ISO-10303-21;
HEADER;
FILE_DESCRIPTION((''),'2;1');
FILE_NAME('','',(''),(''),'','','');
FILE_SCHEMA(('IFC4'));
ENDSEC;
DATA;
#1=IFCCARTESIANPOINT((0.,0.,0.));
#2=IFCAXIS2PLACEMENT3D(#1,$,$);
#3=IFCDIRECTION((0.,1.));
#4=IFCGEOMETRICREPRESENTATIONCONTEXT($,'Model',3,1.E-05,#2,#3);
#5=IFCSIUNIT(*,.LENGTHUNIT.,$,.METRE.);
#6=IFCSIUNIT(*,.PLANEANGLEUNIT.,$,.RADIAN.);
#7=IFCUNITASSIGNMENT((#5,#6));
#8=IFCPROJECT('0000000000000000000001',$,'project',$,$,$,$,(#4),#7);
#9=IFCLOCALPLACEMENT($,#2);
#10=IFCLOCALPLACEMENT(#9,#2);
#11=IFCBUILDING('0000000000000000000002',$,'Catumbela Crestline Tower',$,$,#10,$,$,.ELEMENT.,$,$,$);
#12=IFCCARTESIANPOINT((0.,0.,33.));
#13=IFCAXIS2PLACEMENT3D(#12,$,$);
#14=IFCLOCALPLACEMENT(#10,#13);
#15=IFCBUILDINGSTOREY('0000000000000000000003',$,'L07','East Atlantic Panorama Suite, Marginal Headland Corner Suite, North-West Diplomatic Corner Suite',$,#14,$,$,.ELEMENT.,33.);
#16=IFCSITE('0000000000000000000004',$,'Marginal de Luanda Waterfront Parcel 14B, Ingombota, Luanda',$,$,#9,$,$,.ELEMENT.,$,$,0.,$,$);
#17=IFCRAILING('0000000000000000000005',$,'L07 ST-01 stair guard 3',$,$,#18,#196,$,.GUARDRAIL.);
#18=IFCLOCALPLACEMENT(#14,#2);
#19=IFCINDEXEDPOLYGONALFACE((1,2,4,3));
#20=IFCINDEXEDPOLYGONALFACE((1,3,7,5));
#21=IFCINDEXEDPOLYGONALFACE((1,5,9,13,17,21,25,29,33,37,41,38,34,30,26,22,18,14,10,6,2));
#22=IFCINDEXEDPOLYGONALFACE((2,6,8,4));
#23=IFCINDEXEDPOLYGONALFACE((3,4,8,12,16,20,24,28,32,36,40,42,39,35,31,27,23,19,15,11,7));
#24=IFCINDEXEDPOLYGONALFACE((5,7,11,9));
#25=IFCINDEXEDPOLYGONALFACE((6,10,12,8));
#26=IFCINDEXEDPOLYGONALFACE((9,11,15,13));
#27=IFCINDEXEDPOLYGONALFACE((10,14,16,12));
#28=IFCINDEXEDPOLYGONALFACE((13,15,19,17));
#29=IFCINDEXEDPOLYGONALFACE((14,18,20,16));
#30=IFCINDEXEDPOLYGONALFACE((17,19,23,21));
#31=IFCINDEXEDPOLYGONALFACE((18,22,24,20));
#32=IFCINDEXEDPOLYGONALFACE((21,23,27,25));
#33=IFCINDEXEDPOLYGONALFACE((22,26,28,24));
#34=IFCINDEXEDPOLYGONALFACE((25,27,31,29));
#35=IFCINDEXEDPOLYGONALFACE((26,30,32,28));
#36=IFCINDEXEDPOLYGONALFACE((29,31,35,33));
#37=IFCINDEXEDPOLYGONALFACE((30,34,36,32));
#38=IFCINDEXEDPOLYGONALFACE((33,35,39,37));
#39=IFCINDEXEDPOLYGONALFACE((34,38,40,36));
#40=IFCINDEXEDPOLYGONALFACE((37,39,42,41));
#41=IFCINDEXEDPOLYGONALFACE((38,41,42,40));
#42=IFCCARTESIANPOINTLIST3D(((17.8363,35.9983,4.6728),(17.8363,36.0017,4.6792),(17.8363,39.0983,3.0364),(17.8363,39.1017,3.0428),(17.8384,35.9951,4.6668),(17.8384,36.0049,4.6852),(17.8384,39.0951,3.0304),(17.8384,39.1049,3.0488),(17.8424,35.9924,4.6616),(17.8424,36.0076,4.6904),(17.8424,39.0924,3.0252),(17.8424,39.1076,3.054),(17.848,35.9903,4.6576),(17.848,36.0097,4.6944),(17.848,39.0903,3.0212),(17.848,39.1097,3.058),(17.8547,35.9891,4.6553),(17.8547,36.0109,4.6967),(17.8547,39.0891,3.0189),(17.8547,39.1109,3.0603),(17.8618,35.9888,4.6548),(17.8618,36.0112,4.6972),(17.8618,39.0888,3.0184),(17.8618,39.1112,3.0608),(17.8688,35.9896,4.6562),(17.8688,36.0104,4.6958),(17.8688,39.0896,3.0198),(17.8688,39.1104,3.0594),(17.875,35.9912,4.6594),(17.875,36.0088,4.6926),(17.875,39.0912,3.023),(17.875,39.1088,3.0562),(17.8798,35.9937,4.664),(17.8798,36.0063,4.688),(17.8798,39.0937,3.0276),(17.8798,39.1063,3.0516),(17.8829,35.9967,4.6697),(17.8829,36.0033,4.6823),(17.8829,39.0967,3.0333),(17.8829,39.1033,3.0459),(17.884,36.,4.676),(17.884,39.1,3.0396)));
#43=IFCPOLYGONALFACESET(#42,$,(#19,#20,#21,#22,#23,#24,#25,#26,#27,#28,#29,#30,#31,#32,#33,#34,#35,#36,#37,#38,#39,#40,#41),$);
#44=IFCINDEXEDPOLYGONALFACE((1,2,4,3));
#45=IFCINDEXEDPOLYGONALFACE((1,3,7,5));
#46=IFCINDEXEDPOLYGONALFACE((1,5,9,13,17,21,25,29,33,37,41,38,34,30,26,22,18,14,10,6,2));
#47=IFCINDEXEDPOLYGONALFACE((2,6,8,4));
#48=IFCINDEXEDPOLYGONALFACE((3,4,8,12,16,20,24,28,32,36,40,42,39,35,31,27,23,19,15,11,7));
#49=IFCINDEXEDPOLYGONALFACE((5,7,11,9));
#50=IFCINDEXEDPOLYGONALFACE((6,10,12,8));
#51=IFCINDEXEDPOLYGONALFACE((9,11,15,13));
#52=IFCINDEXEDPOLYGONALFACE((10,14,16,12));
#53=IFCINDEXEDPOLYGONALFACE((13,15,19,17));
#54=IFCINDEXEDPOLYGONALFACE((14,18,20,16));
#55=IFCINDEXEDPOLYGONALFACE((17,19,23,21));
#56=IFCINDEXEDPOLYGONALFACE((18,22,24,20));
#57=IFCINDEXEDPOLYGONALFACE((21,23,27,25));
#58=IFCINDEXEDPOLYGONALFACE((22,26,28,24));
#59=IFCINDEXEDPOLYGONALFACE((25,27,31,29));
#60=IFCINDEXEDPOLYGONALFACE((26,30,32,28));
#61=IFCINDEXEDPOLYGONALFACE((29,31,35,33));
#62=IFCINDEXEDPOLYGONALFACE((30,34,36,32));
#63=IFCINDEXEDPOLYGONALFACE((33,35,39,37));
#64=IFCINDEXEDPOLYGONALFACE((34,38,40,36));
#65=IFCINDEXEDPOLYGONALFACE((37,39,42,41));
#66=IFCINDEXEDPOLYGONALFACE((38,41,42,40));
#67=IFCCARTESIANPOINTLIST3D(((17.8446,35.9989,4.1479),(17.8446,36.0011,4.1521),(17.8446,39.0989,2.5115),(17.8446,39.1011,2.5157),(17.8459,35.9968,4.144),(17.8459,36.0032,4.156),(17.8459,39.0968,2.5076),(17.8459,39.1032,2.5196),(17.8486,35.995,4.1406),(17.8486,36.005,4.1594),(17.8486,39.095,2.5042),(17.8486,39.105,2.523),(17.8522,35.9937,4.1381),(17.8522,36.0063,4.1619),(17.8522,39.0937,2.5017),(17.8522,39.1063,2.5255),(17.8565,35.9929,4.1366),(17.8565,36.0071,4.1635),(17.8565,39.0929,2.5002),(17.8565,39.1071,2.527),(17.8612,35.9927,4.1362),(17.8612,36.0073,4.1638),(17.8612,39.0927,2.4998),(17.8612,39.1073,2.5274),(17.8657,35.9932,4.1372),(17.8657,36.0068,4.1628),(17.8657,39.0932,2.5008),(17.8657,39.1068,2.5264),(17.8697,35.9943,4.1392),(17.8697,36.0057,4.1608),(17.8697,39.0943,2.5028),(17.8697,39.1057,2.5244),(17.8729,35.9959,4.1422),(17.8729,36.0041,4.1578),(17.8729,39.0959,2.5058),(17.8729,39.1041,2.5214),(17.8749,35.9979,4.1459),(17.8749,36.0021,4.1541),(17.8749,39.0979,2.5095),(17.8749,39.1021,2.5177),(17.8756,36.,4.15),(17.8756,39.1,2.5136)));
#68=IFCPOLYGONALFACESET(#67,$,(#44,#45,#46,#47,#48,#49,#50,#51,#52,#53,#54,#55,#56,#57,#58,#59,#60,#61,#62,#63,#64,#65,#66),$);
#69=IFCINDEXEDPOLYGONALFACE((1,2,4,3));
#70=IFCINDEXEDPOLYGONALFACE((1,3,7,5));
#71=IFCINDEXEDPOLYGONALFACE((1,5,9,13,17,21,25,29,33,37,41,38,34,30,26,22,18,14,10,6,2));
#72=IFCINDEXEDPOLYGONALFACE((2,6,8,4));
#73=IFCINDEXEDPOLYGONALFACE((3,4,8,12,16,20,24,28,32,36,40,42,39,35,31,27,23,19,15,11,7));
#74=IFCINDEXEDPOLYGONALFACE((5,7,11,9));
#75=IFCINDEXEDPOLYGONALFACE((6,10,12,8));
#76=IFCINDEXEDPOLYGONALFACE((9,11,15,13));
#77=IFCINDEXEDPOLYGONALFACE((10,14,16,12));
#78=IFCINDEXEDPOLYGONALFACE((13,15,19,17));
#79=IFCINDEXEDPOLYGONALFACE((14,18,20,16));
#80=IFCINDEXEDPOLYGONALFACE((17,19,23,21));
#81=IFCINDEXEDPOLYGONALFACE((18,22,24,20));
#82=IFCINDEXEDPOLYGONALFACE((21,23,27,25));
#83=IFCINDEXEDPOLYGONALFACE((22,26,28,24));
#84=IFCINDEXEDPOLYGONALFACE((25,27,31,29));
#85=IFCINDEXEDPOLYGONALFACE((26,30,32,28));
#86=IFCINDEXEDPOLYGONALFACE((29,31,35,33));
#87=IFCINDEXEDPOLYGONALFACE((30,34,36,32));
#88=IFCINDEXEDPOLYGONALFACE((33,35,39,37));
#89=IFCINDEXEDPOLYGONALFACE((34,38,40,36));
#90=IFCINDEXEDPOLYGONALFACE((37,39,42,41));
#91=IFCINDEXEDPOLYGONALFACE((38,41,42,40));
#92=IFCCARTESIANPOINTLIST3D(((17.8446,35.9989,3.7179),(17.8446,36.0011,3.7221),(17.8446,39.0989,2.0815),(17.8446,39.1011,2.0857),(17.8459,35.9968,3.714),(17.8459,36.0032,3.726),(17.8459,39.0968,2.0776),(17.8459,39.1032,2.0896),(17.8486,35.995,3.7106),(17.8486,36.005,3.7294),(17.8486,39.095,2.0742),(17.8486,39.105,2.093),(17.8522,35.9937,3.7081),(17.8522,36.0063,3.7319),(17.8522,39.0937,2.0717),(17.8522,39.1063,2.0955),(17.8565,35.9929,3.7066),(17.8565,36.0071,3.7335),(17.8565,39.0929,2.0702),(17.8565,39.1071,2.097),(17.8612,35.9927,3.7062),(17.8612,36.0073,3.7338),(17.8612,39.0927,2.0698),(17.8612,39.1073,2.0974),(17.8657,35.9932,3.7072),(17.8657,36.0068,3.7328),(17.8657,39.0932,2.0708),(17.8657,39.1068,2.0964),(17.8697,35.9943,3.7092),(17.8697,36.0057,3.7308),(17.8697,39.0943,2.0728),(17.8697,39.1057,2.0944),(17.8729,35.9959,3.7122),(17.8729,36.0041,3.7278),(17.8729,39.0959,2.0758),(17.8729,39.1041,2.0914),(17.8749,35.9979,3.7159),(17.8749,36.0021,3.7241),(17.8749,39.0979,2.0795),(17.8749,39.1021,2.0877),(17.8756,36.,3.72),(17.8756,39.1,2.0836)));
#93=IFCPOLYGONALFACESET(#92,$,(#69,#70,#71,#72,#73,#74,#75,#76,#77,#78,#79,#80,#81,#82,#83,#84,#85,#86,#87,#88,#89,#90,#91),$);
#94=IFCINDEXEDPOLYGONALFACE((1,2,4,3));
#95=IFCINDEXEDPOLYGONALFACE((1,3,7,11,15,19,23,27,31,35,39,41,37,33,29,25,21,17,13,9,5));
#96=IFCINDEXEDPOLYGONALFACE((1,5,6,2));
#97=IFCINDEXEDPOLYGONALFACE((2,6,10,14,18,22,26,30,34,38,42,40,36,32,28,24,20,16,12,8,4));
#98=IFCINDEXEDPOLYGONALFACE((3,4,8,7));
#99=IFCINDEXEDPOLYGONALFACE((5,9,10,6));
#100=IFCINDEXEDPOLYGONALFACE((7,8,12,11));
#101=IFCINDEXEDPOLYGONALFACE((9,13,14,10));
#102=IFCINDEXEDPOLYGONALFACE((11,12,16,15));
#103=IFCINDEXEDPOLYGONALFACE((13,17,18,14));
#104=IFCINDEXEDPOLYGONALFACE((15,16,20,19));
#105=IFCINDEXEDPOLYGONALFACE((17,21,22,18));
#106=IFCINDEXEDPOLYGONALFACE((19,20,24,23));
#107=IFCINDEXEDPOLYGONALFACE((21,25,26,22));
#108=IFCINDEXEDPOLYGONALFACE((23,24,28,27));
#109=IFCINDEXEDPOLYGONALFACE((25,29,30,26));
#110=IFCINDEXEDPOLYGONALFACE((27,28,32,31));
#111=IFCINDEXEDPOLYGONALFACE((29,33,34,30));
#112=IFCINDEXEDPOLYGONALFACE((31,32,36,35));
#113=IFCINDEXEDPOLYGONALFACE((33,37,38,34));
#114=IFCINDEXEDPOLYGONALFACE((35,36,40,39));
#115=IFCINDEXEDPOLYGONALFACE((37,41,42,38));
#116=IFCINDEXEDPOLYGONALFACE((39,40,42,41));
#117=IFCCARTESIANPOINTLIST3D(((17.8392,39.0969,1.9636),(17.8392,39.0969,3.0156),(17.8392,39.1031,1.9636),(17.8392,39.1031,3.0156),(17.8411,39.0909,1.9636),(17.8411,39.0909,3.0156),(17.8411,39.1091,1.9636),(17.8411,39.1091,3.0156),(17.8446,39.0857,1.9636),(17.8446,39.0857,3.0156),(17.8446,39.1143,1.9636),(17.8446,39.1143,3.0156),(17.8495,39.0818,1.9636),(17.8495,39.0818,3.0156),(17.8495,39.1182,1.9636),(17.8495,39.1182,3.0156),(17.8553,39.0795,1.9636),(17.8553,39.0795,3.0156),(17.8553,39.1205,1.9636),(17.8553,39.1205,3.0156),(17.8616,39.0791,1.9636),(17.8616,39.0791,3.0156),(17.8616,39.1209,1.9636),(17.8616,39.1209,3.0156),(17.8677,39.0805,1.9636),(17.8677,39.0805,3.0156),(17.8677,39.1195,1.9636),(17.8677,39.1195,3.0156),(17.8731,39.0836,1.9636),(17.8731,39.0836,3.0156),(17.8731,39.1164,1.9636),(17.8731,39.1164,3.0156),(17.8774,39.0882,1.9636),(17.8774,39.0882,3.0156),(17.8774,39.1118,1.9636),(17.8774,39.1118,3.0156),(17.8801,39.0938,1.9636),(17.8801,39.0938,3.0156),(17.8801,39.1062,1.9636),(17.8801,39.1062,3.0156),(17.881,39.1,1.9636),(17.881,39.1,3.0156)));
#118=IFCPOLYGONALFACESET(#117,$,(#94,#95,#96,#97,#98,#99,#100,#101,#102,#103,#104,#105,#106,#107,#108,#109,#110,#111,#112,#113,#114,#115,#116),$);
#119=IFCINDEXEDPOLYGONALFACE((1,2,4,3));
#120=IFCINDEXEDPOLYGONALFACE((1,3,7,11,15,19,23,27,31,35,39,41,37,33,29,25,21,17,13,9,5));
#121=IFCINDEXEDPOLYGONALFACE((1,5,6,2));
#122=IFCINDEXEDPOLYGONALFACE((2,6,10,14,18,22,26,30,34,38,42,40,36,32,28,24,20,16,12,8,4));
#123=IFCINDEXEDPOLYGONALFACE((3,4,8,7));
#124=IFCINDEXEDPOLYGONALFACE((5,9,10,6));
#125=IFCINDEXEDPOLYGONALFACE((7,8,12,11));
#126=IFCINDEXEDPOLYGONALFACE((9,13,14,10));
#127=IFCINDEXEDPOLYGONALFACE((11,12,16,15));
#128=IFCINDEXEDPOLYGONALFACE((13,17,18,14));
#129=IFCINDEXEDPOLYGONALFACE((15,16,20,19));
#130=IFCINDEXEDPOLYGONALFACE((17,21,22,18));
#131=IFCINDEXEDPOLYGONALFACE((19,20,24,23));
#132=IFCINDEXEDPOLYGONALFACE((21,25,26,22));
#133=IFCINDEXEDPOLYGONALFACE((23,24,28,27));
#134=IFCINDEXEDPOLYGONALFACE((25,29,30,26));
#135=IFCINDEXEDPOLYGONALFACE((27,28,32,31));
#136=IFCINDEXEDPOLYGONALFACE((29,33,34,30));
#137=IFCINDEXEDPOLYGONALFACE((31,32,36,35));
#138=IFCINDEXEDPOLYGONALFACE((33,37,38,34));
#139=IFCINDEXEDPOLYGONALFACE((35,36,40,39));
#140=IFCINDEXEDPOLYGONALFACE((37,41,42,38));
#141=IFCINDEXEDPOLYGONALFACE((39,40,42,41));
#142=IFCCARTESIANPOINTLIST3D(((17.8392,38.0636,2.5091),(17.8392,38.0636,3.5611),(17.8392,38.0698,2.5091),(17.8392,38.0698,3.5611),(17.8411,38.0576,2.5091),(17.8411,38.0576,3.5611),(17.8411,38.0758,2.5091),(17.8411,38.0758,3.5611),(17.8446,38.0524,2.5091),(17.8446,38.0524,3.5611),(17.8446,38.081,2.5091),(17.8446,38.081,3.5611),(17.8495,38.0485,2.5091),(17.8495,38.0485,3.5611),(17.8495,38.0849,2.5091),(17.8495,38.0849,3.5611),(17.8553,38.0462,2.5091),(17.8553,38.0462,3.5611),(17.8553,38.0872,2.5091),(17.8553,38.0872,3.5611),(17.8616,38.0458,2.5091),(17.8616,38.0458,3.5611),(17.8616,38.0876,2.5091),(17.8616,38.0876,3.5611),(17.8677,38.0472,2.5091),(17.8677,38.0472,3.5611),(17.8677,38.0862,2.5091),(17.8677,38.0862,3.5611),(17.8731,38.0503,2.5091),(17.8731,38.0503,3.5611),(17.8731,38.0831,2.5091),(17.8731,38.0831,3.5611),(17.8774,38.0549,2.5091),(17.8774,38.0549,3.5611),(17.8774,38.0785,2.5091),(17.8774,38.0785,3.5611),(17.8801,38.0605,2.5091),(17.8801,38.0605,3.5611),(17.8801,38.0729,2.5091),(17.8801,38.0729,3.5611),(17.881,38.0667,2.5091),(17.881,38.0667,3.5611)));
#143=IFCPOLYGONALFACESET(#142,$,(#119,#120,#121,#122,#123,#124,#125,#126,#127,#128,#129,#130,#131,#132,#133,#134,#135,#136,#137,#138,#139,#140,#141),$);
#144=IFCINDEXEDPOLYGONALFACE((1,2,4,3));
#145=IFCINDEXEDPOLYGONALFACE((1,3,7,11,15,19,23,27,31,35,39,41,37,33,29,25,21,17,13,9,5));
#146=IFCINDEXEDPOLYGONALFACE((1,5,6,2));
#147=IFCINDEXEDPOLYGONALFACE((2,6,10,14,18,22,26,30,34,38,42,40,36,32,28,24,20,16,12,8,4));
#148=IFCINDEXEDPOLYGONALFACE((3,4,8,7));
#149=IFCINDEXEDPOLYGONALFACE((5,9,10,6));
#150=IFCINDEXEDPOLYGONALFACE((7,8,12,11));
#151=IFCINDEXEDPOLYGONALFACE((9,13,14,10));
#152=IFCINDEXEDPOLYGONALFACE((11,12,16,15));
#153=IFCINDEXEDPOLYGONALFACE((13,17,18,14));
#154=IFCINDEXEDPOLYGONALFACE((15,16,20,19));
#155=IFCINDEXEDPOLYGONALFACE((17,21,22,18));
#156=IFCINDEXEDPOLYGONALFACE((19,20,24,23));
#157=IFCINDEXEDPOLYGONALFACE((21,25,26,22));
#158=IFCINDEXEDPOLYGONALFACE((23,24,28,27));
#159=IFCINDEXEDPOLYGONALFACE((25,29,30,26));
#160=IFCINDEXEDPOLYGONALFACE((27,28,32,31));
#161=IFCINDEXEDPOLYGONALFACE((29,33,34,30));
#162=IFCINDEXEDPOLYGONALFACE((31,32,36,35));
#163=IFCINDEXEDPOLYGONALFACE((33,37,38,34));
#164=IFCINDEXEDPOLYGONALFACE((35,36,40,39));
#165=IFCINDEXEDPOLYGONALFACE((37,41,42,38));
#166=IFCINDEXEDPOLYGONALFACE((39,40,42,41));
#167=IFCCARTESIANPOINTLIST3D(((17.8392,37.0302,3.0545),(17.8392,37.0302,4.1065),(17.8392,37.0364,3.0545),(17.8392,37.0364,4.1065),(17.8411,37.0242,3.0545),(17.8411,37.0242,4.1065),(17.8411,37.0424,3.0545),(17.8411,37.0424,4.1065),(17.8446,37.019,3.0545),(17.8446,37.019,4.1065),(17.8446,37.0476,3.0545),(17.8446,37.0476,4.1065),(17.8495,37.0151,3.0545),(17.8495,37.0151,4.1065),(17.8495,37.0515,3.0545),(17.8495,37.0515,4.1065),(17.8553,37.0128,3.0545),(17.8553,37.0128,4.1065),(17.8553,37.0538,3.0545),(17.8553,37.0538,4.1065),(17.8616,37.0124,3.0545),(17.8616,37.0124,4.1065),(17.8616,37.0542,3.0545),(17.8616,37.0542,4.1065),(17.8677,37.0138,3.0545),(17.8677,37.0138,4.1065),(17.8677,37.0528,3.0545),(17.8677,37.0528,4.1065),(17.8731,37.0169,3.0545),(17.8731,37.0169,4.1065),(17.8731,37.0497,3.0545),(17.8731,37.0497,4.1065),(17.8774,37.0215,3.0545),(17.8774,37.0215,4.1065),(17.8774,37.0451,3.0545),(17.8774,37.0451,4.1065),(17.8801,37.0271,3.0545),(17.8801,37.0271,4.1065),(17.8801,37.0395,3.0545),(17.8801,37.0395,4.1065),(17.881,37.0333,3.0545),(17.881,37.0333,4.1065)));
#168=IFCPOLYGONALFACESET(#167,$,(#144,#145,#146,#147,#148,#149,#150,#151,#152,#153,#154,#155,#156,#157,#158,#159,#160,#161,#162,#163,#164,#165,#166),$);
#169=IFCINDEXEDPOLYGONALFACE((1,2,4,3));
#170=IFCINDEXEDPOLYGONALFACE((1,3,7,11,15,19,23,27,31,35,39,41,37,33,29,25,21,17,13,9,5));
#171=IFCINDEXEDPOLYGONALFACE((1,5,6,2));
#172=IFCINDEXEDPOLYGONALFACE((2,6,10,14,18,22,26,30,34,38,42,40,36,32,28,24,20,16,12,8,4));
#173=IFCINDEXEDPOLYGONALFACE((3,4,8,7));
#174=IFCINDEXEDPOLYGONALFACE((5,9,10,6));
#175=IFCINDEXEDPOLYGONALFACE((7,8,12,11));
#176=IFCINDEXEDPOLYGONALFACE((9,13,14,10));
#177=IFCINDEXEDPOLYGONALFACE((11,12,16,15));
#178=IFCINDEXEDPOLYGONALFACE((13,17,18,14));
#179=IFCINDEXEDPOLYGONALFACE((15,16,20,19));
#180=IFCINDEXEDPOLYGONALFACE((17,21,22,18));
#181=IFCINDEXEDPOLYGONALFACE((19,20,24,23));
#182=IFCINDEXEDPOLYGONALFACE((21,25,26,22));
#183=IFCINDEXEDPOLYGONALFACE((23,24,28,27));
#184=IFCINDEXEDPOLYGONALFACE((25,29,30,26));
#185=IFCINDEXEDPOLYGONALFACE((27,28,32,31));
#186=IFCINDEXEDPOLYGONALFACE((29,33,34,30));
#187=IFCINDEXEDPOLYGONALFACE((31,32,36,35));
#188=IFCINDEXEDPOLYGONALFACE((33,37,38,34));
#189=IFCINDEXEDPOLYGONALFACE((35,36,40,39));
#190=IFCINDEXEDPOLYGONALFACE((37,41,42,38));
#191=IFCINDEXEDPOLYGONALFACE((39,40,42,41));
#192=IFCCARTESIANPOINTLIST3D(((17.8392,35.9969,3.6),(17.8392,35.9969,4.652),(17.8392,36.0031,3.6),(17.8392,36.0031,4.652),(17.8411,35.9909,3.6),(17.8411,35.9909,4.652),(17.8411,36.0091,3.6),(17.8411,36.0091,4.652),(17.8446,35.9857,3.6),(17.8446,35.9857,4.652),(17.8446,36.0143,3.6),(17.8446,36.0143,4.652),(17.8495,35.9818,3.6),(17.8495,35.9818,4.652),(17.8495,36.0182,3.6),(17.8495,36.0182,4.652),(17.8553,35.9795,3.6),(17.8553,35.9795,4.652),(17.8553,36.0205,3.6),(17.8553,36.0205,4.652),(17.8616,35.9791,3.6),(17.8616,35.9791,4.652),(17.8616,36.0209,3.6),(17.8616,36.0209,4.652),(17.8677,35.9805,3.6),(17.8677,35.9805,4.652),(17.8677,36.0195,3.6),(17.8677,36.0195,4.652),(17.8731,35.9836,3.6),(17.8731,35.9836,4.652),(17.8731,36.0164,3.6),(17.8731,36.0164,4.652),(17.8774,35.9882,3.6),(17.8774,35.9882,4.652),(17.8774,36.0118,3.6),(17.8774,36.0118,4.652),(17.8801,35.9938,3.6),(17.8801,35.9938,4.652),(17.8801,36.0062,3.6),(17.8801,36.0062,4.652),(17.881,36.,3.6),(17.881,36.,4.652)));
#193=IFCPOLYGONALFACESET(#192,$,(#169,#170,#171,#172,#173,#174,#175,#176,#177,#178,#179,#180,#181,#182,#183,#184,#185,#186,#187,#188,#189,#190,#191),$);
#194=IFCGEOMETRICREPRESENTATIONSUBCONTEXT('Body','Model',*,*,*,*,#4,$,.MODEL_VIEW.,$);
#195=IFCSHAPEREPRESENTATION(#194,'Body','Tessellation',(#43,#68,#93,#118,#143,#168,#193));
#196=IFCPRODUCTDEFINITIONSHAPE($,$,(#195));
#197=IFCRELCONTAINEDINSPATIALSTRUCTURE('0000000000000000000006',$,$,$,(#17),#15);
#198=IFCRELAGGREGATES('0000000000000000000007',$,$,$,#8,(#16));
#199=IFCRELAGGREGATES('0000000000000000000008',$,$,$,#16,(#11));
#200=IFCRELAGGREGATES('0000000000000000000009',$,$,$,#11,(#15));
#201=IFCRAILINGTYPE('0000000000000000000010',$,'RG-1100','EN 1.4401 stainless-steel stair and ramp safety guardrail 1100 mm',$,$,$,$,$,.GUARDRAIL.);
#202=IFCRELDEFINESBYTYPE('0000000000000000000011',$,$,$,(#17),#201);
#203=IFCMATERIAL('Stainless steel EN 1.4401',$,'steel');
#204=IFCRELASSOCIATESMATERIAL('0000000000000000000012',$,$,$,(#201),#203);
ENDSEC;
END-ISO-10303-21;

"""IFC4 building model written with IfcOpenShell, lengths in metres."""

from ifc_helpers import new_model, si_unit, direction, frame, origin, origin_2d, place, context, subcontext, project, spatial, circle, extrude, material, type_object, element, save


model = new_model("IFC4")

# Units and contexts
model_context = context("Model", 3, precision=1e-05, world=origin(), true_north=direction((0.0, 1.0)))
body_context = subcontext(model_context, "Body", "Model", "MODEL_VIEW")
ifc_project = project(units=[si_unit("LENGTHUNIT", "METRE"), si_unit("PLANEANGLEUNIT", "RADIAN")], contexts=[model_context])

# Site, building, storey
site_placement = place(None, origin())
site = spatial("IfcSite", under=ifc_project, at=site_placement, Name="Marginal de Luanda Waterfront Parcel 14B, Ingombota, Luanda", CompositionType="ELEMENT", RefElevation=0.0)
building_placement = place(site_placement, origin())
building = spatial("IfcBuilding", under=site, at=building_placement, Name="Catumbela Crestline Tower", CompositionType="ELEMENT")
storey_placement = place(building_placement, frame((0.0, 0.0, 33.0)))
storey = spatial("IfcBuildingStorey", under=building, at=storey_placement, Name="L07", Description="East Atlantic Panorama Suite, Marginal Headland Corner Suite, North-West Diplomatic Corner Suite", CompositionType="ELEMENT", Elevation=33.0)

# Shared definitions
ifc_material_1 = material(Name="Stainless steel EN 1.4401", Category="steel")

# Railing
railing_type_1 = type_object("IfcRailingType", Name="RG-1100", Description="EN 1.4401 stainless-steel stair and ramp safety guardrail 1100 mm", PredefinedType="GUARDRAIL", material=ifc_material_1)
railing_1_placement = place(storey_placement, frame((17.86, 39.1, 1.9636)))
element("IfcRailing", 1, at=railing_1_placement, inside=storey, type_object=railing_type_1, Name="L07 ST-01 stair guard 3", PredefinedType="GUARDRAIL", context=body_context, shape_type="SweptSolid", body=[
    extrude(circle(Radius=0.024, at=origin_2d()), frame((0.0, 0.0, 1.076), z_axis=(0.0, -0.884351, 0.466823), x_axis=(1.0, 0.0, 0.0)), (0.0, 0.0, 1.0), 3.5054),
    extrude(circle(Radius=0.0156, at=origin_2d()), frame((0.0, 0.0, 0.55), z_axis=(0.0, -0.884351, 0.466823), x_axis=(1.0, 0.0, 0.0)), (0.0, 0.0, 1.0), 3.5054),
    extrude(circle(Radius=0.0156, at=origin_2d()), frame((0.0, 0.0, 0.12), z_axis=(0.0, -0.884351, 0.466823), x_axis=(1.0, 0.0, 0.0)), (0.0, 0.0, 1.0), 3.5054),
    extrude(circle(Radius=0.021, at=origin_2d()), origin(), (0.0, 0.0, 1.0), 1.052),
    extrude(circle(Radius=0.021, at=origin_2d()), frame((0.0, -1.0333, 0.5455)), (0.0, 0.0, 1.0), 1.052),
    extrude(circle(Radius=0.021, at=origin_2d()), frame((0.0, -2.0667, 1.0909)), (0.0, 0.0, 1.0), 1.052),
    extrude(circle(Radius=0.021, at=origin_2d()), frame((0.0, -3.1, 1.6364)), (0.0, 0.0, 1.0), 1.052),
])

save(model, "model.ifc")
